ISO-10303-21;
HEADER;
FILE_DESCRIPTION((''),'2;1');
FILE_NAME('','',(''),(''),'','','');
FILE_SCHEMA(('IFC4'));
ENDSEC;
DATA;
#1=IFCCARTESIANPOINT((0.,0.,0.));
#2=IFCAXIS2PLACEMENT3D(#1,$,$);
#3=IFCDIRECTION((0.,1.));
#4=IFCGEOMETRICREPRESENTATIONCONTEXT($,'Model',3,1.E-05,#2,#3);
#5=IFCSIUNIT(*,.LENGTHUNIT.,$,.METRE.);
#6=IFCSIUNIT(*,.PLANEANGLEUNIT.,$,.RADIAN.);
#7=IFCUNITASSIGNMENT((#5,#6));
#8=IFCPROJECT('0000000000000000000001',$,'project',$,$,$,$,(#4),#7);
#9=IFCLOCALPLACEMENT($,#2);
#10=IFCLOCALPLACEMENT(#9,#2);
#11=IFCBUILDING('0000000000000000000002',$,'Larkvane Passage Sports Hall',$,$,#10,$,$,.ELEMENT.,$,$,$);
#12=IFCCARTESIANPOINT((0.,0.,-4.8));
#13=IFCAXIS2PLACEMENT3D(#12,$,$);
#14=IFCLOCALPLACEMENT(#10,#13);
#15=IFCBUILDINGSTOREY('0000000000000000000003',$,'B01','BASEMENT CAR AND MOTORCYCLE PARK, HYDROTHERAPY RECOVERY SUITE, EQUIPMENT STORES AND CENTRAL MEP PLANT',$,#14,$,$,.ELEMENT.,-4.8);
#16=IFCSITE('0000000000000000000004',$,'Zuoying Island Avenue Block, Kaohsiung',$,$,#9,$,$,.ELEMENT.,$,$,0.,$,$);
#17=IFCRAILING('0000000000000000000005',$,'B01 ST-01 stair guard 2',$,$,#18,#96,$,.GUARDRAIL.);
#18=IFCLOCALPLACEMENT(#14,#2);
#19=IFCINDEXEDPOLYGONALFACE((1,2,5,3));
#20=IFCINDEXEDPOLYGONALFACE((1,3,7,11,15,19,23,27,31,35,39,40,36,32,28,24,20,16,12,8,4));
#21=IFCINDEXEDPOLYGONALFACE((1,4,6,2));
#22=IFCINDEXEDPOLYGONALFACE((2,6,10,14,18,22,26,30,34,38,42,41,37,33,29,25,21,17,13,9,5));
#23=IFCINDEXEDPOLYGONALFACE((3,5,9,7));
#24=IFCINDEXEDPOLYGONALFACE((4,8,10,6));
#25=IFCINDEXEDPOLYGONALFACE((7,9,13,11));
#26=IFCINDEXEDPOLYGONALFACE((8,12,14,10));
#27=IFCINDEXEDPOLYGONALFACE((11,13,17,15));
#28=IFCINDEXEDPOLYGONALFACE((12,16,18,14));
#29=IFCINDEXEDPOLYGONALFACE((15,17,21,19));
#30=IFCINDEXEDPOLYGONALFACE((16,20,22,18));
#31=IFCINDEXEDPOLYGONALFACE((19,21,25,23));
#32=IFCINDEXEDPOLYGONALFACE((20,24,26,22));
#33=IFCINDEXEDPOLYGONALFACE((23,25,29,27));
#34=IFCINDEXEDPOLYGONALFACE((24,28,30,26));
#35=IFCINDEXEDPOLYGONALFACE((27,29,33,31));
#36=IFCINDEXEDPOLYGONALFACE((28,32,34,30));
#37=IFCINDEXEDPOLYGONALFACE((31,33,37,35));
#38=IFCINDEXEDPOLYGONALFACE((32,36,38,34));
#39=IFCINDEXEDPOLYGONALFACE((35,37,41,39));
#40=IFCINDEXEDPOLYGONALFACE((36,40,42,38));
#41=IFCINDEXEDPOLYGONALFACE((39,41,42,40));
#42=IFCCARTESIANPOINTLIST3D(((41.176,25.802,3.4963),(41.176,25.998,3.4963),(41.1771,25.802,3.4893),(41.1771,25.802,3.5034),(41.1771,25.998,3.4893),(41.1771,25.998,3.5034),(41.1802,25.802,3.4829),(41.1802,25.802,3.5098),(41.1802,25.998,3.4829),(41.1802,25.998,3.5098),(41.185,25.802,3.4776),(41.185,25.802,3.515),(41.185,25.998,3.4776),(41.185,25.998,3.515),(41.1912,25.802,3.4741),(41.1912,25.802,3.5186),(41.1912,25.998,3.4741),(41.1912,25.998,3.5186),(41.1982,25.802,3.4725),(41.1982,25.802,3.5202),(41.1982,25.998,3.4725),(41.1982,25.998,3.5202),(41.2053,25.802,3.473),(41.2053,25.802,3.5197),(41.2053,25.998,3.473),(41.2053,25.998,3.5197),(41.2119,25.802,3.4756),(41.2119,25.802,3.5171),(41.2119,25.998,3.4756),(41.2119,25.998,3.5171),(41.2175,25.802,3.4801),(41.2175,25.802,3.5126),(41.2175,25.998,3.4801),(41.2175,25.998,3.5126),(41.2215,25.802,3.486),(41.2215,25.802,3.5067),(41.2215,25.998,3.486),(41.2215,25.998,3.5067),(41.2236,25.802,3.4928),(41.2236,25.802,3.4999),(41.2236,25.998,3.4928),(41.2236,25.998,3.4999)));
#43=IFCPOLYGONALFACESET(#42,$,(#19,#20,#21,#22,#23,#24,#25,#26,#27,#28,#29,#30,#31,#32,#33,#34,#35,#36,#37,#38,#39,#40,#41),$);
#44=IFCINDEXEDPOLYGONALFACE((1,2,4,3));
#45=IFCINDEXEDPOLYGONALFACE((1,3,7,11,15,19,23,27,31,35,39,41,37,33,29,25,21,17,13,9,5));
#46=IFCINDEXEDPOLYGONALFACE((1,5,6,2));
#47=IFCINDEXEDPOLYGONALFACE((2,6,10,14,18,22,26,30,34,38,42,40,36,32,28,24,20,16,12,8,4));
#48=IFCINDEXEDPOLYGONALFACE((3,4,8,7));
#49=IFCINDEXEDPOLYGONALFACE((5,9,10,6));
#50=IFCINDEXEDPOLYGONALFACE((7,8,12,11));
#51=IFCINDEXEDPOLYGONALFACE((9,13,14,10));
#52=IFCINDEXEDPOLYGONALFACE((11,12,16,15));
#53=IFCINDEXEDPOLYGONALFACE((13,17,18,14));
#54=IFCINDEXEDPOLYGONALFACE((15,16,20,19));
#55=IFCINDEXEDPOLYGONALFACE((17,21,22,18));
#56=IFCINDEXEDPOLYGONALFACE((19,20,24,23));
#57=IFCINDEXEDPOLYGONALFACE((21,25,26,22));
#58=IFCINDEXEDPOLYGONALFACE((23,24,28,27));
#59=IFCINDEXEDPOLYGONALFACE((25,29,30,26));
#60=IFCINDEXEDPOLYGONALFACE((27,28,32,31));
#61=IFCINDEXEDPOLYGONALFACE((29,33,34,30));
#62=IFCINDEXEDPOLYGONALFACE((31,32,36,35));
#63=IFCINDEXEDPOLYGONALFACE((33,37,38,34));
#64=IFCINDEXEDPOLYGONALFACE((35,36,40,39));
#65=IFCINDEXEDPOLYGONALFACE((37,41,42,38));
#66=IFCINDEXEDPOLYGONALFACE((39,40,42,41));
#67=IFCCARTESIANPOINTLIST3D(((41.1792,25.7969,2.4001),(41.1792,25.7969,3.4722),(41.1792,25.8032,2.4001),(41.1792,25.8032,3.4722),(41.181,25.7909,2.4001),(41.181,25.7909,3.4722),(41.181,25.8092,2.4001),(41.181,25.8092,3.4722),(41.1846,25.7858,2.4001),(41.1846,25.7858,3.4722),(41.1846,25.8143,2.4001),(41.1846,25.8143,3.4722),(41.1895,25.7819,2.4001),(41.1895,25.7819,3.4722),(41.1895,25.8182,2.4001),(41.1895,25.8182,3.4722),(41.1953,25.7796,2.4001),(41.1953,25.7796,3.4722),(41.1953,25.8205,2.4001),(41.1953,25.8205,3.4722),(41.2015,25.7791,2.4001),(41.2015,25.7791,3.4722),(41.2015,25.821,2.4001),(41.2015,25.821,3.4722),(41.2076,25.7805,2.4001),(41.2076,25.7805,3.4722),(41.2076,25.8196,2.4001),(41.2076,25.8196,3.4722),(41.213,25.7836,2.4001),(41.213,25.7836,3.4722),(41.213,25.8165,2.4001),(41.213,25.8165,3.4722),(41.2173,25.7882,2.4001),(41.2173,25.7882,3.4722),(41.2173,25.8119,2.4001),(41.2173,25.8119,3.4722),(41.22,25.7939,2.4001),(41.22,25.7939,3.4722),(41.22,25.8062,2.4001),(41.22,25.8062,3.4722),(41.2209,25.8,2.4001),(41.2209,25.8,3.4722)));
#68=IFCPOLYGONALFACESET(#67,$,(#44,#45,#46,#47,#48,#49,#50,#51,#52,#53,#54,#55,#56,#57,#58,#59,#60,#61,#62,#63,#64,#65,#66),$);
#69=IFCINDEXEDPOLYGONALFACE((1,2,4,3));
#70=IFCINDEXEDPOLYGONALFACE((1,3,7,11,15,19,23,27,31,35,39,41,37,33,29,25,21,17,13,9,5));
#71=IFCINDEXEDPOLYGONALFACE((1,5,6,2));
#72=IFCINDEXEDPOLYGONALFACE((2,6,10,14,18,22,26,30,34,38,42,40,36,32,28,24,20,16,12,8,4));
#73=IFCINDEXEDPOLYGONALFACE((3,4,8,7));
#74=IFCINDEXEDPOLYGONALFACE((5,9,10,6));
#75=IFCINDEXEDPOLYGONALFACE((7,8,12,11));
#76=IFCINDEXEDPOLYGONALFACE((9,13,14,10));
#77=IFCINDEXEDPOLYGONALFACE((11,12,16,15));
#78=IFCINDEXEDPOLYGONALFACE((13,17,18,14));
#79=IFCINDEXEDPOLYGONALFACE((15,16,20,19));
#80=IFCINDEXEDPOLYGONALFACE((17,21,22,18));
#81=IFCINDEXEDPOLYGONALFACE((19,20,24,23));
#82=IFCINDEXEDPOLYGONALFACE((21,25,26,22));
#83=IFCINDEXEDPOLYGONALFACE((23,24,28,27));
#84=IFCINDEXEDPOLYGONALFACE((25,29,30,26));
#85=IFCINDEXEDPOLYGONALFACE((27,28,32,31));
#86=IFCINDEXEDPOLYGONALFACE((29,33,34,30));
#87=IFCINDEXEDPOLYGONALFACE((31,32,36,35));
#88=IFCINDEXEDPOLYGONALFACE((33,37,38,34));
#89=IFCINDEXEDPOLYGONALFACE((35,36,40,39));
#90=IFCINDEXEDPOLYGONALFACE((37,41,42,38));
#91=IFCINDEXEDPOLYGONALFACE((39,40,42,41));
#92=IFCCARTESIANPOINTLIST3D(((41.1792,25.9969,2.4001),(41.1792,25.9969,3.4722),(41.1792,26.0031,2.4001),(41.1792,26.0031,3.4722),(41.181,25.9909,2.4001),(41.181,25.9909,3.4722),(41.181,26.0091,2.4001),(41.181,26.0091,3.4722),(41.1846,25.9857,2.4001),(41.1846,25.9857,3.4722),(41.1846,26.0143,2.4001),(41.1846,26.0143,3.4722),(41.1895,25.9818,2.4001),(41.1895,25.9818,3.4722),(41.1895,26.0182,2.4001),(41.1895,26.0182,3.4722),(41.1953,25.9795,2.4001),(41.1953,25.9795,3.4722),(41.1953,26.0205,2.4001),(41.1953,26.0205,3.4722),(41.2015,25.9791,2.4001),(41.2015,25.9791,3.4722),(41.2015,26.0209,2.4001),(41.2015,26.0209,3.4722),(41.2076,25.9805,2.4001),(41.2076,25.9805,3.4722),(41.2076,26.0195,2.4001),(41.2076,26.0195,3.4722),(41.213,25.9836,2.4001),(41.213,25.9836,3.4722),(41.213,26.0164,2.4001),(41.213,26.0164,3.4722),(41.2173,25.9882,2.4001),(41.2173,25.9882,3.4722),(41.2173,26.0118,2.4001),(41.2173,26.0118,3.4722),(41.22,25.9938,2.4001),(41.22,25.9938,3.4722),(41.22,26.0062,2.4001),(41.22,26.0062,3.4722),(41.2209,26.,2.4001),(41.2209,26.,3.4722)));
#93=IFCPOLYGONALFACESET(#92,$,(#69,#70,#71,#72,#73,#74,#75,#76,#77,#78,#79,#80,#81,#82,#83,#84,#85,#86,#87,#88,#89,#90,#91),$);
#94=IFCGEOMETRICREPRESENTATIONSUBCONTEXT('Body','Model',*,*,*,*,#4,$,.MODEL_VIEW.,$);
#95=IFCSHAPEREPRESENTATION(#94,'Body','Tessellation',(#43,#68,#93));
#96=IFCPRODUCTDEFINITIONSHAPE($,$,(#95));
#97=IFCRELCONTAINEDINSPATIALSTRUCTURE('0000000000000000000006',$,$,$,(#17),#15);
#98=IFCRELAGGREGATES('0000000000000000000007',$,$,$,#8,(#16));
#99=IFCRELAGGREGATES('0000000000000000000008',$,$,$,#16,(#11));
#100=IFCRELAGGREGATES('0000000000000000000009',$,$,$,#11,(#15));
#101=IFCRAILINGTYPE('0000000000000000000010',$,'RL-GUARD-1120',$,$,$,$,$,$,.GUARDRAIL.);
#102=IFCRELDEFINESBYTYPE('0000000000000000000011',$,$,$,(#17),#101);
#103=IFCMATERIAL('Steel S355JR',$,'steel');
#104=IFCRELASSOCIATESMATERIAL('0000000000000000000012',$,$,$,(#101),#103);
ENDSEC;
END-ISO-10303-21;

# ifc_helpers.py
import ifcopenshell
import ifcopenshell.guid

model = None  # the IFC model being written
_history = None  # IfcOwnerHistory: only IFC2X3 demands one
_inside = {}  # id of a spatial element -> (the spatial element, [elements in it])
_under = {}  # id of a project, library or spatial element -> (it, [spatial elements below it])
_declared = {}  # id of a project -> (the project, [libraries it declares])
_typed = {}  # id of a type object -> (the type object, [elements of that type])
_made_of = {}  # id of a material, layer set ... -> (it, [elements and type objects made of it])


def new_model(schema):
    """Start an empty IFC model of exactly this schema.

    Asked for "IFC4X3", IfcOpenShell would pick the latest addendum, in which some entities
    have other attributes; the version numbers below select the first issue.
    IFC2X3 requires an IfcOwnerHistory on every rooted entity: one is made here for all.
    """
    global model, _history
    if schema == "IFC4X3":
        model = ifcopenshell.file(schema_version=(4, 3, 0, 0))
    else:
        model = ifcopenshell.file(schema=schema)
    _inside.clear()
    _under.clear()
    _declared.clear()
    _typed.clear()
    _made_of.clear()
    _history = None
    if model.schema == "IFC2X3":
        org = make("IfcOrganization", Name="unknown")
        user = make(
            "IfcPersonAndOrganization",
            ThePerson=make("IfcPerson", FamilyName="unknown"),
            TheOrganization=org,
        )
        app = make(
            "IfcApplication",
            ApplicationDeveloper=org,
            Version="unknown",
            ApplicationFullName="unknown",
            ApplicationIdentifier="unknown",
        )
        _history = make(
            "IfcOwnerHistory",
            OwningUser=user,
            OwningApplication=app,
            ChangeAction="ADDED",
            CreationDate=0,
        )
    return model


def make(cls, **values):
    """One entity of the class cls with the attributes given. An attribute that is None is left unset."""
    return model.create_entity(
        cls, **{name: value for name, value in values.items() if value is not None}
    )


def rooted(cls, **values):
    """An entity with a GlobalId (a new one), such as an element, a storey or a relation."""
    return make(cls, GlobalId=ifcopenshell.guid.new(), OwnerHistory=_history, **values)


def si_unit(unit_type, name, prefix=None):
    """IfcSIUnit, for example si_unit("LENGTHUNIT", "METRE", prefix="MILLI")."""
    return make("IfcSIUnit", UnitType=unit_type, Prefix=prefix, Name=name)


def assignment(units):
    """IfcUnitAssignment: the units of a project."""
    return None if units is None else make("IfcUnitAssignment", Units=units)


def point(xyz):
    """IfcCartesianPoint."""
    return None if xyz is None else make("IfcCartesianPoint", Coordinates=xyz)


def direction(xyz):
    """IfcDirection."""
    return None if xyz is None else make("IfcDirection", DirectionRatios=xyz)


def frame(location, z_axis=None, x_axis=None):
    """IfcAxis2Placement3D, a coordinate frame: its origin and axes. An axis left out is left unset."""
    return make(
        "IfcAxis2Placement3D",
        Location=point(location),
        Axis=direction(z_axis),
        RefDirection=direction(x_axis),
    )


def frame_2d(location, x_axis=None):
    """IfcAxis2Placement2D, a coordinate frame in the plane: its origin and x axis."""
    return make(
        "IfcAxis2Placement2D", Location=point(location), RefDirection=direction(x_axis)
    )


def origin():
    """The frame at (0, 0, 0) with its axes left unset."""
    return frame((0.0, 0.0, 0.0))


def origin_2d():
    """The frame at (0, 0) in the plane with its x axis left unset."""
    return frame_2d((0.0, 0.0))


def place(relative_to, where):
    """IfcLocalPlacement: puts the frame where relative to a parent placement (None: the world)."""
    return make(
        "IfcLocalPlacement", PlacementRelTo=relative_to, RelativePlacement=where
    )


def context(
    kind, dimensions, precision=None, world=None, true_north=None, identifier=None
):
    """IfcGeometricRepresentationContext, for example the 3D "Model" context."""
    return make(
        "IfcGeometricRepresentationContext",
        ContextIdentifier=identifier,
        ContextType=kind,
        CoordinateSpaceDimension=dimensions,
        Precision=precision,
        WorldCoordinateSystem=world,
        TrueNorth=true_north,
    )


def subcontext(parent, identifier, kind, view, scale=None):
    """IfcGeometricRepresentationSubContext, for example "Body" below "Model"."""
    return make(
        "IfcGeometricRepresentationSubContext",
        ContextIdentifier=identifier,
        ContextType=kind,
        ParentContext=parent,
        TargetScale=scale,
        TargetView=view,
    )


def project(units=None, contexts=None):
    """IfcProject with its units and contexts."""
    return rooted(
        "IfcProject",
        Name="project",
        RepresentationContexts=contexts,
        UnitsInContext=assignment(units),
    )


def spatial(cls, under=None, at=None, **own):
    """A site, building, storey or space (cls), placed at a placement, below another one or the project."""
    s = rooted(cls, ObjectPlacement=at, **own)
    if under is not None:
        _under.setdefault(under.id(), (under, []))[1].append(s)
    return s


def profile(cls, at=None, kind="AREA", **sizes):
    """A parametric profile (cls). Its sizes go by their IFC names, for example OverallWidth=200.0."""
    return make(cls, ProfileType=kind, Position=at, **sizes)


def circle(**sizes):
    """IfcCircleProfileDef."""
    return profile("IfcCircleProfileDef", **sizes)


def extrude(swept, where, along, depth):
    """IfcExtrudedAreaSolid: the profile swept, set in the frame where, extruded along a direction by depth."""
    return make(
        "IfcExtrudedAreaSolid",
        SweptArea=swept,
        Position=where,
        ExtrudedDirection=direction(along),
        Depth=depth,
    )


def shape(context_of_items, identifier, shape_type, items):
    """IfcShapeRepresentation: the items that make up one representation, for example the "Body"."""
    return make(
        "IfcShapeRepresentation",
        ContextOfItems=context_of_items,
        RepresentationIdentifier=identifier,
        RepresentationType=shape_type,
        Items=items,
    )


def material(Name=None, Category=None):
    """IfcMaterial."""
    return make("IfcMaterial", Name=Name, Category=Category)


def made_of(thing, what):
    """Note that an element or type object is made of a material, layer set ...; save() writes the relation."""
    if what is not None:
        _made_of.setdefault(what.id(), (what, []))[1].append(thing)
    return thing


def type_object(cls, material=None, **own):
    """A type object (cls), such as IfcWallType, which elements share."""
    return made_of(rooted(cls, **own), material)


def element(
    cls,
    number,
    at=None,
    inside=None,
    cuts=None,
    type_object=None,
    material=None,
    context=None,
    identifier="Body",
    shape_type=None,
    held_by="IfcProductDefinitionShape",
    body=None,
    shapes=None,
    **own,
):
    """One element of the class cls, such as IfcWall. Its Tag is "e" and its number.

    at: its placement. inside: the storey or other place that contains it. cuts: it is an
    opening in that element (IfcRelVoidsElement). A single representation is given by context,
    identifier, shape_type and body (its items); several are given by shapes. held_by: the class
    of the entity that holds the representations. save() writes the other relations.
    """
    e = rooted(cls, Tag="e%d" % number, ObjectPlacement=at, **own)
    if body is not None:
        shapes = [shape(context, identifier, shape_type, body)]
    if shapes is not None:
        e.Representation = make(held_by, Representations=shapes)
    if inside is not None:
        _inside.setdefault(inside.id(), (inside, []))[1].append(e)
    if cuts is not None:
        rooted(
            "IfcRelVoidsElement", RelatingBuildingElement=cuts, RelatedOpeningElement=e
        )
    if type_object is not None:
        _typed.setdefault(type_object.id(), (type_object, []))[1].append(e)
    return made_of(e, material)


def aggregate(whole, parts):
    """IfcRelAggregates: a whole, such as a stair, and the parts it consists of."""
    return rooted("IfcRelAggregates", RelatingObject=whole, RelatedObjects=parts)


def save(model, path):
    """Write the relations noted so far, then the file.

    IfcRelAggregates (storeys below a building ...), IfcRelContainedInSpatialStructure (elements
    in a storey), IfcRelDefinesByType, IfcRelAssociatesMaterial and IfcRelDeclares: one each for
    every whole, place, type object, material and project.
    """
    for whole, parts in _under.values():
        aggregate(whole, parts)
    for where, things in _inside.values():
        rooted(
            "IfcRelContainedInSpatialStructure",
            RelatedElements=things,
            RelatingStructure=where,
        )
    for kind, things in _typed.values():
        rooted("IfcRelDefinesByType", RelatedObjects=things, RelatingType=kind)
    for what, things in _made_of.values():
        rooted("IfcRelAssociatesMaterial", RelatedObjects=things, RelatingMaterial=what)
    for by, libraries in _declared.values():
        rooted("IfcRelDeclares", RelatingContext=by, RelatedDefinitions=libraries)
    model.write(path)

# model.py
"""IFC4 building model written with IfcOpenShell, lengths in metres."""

from ifc_helpers import new_model, si_unit, direction, frame, origin, origin_2d, place, context, subcontext, project, spatial, circle, extrude, material, type_object, element, save


model = new_model("IFC4")

# Units and contexts
model_context = context("Model", 3, precision=1e-05, world=origin(), true_north=direction((0.0, 1.0)))
body_context = subcontext(model_context, "Body", "Model", "MODEL_VIEW")
ifc_project = project(units=[si_unit("LENGTHUNIT", "METRE"), si_unit("PLANEANGLEUNIT", "RADIAN")], contexts=[model_context])

# Site, building, storey
site_placement = place(None, origin())
site = spatial("IfcSite", under=ifc_project, at=site_placement, Name="Zuoying Island Avenue Block, Kaohsiung", CompositionType="ELEMENT", RefElevation=0.0)
building_placement = place(site_placement, origin())
building = spatial("IfcBuilding", under=site, at=building_placement, Name="Larkvane Passage Sports Hall", CompositionType="ELEMENT")
storey_placement = place(building_placement, frame((0.0, 0.0, -4.8)))
storey = spatial("IfcBuildingStorey", under=building, at=storey_placement, Name="B01", Description="BASEMENT CAR AND MOTORCYCLE PARK, HYDROTHERAPY RECOVERY SUITE, EQUIPMENT STORES AND CENTRAL MEP PLANT", CompositionType="ELEMENT", Elevation=-4.8)

# Railing
ifc_material_1 = material(Name="Steel S355JR", Category="steel")
railing_type_1 = type_object("IfcRailingType", Name="RL-GUARD-1120", PredefinedType="GUARDRAIL", material=ifc_material_1)
railing_1_placement = place(storey_placement, frame((41.2, 25.8, 2.4001)))
element("IfcRailing", 1, at=railing_1_placement, inside=storey, type_object=railing_type_1, Name="B01 ST-01 stair guard 2", PredefinedType="GUARDRAIL", context=body_context, shape_type="SweptSolid", body=[
    extrude(circle(Radius=0.0239, at=origin_2d()), frame((0.0, 0.002, 1.0962), z_axis=(0.0, 1.0, 0.0), x_axis=(-1.0, 0.0, 0.0)), (0.0, 0.0, 1.0), 0.196),
    extrude(circle(Radius=0.021, at=origin_2d()), origin(), (0.0, 0.0, 1.0), 1.072),
    extrude(circle(Radius=0.021, at=origin_2d()), frame((0.0, 0.2, 0.0)), (0.0, 0.0, 1.0), 1.072),
])

save(model, "model.ifc")
